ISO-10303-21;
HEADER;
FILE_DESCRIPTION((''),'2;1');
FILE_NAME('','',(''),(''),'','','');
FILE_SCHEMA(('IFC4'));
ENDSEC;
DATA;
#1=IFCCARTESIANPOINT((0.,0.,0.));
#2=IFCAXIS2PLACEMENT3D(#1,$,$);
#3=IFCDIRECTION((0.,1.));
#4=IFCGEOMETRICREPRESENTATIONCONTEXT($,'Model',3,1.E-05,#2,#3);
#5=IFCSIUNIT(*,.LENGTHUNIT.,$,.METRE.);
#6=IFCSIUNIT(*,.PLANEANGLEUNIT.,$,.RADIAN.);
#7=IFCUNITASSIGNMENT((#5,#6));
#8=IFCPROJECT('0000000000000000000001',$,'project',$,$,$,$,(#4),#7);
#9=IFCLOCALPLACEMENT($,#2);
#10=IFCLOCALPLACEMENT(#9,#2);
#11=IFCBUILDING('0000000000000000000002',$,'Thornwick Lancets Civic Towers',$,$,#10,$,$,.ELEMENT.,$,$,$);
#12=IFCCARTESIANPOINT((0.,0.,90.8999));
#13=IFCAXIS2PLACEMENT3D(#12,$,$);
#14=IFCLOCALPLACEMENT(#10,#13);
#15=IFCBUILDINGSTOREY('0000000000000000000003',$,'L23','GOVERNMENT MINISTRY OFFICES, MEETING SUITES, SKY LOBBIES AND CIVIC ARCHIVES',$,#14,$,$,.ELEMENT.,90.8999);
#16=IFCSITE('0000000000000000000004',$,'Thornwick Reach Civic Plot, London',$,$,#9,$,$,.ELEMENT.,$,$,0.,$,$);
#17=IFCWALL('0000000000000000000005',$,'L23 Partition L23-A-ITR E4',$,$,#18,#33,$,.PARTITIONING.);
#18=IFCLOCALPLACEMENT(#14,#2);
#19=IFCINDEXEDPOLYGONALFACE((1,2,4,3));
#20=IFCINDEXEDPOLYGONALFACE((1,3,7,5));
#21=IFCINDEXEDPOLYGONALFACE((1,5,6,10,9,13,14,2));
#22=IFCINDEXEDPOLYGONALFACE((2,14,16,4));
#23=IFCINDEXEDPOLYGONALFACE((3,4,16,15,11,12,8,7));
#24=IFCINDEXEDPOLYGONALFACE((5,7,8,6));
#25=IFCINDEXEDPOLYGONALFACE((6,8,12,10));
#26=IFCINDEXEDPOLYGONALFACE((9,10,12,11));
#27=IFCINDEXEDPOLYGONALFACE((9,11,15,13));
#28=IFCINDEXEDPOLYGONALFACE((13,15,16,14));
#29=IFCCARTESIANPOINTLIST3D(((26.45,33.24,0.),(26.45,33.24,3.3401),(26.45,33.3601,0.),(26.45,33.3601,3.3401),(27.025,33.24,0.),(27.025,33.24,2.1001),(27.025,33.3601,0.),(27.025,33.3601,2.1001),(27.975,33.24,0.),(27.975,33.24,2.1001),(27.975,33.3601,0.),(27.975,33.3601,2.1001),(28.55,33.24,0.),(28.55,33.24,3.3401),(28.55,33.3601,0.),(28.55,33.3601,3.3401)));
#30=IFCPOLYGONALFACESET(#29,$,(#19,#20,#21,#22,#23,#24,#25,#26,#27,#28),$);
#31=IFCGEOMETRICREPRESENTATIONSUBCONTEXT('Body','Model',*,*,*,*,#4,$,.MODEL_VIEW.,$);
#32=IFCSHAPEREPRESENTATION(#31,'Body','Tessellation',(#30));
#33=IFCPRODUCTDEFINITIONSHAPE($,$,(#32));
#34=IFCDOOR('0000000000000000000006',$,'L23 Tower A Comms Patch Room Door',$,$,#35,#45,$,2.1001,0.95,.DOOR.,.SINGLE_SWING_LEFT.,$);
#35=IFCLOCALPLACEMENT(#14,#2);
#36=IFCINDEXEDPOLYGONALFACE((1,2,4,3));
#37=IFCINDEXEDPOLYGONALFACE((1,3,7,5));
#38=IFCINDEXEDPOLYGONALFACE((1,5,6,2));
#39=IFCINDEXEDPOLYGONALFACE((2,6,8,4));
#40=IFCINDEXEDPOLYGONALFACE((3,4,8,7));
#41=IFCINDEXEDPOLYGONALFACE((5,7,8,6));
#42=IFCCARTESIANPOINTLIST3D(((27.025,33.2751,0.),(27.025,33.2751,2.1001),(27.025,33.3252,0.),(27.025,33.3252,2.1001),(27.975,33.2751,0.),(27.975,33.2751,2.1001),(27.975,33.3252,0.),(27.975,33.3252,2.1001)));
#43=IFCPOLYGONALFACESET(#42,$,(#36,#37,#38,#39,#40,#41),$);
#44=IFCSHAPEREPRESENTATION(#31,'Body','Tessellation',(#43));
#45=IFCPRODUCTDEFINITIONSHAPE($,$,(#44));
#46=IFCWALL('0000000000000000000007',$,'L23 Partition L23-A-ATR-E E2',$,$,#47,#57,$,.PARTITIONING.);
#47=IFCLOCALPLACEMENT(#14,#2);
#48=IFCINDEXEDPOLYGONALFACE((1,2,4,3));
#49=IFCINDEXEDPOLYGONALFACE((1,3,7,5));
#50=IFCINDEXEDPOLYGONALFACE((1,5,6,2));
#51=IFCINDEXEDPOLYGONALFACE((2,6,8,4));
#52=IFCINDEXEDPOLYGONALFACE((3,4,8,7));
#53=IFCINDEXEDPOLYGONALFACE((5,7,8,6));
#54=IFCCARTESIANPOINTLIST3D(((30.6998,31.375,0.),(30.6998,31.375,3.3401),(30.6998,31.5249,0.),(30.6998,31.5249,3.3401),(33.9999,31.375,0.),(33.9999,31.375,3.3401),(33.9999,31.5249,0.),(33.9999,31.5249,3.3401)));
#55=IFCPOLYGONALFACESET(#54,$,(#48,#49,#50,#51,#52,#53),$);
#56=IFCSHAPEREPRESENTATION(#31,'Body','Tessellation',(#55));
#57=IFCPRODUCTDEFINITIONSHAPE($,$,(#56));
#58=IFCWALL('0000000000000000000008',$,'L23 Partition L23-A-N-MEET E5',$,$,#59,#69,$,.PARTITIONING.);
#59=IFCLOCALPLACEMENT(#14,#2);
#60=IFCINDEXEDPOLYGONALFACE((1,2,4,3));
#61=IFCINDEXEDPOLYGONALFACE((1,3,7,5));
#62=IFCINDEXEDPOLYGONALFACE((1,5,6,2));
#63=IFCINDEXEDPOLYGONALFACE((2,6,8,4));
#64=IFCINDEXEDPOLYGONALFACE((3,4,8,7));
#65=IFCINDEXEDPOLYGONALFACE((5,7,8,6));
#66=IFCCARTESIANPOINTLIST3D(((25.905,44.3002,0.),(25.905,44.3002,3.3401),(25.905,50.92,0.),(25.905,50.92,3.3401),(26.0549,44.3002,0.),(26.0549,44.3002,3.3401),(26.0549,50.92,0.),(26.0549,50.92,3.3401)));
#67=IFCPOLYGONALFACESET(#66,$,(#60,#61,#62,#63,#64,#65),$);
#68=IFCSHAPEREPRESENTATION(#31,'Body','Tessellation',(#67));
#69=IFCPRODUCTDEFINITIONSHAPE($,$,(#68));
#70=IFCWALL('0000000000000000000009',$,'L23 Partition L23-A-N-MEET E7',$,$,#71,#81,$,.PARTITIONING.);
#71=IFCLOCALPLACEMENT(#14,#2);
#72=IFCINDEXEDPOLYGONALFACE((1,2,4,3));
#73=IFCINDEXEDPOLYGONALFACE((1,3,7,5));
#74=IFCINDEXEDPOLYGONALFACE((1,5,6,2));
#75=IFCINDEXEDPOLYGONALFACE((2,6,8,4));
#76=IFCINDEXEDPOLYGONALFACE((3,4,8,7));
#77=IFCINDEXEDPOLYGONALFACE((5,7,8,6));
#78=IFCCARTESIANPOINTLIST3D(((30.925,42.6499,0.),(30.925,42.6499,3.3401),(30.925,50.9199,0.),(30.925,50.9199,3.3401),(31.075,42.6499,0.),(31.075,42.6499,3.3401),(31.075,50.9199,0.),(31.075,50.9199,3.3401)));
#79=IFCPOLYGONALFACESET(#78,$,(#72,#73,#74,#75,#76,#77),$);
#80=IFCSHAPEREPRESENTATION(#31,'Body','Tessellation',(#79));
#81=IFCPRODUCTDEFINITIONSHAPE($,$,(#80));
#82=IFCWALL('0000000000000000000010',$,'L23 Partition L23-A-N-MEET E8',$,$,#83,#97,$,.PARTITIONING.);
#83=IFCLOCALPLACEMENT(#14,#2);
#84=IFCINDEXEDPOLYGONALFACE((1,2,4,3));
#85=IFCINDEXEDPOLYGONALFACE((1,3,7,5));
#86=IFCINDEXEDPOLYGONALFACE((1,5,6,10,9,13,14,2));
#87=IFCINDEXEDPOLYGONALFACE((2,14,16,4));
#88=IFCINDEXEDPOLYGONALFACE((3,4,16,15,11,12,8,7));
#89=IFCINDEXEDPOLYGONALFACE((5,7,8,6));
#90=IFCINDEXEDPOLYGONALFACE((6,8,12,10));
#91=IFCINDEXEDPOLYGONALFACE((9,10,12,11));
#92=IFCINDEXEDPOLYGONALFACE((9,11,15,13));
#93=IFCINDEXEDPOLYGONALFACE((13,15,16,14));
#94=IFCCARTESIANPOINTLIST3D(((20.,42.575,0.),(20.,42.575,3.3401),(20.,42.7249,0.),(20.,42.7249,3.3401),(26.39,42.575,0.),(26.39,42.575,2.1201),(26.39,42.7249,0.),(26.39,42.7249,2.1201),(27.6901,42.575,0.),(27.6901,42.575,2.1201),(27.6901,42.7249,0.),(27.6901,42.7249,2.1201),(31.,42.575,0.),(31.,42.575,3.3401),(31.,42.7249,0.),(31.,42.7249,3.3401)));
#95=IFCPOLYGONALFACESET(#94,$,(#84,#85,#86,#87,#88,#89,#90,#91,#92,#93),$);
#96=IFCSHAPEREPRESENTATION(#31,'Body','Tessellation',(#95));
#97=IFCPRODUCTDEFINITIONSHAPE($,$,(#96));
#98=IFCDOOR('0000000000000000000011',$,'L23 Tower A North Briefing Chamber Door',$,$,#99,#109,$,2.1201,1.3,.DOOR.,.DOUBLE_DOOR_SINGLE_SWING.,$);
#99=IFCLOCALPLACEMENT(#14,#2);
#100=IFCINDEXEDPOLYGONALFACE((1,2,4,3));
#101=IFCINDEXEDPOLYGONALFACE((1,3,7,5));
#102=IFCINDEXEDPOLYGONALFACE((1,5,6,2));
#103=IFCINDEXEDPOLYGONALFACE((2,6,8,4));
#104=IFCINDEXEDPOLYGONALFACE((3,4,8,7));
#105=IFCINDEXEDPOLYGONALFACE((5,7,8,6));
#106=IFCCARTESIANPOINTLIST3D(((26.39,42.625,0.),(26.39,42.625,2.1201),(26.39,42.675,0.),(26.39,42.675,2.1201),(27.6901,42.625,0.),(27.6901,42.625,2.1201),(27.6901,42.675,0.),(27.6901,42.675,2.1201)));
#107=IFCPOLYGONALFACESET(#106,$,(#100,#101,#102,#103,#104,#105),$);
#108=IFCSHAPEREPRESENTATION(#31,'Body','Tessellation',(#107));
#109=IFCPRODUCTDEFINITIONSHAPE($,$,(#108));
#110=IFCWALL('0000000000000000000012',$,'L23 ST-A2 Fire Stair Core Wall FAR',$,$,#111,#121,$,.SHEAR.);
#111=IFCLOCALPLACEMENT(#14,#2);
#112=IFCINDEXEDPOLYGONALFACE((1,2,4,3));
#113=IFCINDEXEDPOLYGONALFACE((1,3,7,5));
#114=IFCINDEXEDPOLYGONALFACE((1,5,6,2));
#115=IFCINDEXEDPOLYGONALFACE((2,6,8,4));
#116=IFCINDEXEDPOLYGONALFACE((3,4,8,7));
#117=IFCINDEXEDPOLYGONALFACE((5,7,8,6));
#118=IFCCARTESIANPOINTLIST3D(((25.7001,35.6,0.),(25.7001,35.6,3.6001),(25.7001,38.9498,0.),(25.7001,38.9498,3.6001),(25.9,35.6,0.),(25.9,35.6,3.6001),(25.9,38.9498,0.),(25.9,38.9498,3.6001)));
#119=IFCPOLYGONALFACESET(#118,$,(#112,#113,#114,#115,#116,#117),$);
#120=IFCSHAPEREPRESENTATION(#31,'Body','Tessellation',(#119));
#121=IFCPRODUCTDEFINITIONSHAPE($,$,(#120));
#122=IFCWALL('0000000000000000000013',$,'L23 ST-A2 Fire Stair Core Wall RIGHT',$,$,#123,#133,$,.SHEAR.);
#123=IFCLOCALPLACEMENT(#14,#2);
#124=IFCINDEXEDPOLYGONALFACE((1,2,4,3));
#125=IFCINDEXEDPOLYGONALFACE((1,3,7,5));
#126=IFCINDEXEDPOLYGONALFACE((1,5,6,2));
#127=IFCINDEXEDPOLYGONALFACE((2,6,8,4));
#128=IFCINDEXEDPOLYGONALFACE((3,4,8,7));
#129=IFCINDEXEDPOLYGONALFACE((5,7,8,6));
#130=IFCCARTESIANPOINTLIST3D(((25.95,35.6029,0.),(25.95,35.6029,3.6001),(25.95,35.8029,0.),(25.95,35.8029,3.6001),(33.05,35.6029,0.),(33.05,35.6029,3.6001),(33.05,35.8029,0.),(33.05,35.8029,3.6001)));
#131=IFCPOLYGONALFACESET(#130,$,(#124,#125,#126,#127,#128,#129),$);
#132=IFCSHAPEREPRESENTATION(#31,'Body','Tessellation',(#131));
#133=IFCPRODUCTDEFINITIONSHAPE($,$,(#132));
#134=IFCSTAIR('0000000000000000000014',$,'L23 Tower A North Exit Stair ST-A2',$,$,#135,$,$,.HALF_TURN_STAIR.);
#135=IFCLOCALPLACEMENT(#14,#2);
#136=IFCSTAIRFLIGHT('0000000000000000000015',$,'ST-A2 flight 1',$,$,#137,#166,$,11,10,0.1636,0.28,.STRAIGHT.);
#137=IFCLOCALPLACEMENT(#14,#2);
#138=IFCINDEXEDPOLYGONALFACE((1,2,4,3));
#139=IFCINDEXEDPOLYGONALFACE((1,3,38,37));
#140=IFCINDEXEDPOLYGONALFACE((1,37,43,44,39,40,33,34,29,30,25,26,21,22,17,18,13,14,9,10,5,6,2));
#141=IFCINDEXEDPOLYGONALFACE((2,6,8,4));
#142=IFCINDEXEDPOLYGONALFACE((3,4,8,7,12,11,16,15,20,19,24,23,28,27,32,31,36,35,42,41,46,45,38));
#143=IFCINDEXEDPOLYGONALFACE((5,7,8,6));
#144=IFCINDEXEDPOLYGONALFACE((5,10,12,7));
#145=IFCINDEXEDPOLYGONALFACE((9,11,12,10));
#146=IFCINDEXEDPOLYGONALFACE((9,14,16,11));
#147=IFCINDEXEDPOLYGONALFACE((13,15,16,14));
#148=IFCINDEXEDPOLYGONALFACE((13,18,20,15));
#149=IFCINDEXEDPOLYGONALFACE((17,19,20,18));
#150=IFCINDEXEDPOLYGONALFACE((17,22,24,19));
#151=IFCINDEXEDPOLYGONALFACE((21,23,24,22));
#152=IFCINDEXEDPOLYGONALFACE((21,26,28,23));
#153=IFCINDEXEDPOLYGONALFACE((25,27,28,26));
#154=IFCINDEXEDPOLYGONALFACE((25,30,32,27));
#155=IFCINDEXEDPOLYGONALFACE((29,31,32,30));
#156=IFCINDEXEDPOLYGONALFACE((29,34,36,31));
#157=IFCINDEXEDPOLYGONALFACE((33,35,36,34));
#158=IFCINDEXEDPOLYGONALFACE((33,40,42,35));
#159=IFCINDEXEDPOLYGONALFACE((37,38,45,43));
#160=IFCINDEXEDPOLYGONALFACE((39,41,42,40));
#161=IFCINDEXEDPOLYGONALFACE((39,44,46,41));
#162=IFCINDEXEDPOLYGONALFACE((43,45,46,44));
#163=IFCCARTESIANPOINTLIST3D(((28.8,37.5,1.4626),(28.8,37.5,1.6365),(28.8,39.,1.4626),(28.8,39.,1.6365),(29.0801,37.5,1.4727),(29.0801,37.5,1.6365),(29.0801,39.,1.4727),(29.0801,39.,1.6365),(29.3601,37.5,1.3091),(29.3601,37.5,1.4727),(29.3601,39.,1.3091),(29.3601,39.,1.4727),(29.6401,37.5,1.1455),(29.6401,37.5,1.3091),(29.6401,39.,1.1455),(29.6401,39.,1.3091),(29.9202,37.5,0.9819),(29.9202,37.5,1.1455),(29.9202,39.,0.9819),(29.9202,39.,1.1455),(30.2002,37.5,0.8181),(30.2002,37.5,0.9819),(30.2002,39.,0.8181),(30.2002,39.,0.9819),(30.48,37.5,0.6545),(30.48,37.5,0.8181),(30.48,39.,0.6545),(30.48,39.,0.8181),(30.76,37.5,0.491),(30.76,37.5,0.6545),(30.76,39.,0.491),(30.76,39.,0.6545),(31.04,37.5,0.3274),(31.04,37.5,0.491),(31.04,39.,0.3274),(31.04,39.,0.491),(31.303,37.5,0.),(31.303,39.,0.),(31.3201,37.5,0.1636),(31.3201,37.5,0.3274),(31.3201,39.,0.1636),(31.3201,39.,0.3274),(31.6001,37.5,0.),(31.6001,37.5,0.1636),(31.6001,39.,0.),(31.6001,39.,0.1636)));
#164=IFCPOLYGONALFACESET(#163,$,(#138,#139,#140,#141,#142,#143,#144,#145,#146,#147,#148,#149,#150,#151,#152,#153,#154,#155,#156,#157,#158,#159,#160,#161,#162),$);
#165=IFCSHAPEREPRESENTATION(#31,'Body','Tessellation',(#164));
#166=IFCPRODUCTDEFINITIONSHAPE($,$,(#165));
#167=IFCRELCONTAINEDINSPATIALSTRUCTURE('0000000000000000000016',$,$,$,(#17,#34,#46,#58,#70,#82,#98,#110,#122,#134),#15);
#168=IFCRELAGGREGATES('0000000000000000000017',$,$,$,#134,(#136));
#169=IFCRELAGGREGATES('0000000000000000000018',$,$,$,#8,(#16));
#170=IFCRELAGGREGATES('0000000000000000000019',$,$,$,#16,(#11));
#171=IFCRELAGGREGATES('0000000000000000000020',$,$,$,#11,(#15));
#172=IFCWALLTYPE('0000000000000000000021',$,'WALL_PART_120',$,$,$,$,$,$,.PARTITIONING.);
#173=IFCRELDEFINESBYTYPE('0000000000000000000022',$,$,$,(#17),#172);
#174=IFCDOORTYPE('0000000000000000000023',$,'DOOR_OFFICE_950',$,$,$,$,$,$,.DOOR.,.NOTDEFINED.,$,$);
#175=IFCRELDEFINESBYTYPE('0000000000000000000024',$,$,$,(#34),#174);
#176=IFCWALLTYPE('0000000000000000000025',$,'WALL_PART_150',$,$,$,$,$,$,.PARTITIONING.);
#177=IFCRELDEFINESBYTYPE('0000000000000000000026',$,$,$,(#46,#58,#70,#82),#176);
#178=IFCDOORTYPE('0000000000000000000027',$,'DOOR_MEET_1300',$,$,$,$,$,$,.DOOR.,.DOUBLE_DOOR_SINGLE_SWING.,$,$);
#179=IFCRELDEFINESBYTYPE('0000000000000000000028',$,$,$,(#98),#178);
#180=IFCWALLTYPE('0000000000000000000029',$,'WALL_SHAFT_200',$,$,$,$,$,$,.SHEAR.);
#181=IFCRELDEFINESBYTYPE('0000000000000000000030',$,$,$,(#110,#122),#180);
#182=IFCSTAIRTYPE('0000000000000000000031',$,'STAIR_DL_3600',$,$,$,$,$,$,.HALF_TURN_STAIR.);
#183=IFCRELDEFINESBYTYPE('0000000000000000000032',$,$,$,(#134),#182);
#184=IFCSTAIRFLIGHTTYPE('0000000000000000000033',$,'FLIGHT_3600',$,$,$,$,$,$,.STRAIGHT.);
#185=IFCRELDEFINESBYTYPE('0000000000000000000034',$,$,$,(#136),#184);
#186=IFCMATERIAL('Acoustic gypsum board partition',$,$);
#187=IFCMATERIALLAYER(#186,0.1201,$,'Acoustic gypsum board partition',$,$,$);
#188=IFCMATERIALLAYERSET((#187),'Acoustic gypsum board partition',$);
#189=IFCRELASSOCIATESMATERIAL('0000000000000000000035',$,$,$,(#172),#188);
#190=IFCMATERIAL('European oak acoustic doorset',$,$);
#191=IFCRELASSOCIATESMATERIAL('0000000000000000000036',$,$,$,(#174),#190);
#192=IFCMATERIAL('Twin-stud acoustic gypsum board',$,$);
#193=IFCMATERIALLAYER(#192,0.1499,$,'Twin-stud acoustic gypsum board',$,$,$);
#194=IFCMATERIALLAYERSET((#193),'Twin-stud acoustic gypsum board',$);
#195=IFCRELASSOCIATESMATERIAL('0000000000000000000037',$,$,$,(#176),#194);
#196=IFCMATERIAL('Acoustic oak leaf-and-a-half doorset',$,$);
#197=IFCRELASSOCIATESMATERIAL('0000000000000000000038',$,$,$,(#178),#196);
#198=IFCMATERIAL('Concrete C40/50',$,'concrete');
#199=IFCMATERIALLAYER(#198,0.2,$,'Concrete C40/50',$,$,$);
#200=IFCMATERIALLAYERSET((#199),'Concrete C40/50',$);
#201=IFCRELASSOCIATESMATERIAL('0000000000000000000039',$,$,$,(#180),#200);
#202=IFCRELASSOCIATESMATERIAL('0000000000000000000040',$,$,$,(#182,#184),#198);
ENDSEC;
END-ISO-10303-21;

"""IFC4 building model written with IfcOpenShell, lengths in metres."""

from ifc_helpers import new_model, si_unit, direction, frame, frame_2d, origin, place, context, subcontext, project, spatial, polyline, rectangle, outline, extrude, material, layer, layer_set, type_object, element, fill, aggregate, save


model = new_model("IFC4")

# Units and contexts
model_context = context("Model", 3, precision=1e-05, world=origin(), true_north=direction((0.0, 1.0)))
body_context = subcontext(model_context, "Body", "Model", "MODEL_VIEW")
ifc_project = project(units=[si_unit("LENGTHUNIT", "METRE"), si_unit("PLANEANGLEUNIT", "RADIAN")], contexts=[model_context])

# Site, building, storey
site_placement = place(None, origin())
site = spatial("IfcSite", under=ifc_project, at=site_placement, Name="Thornwick Reach Civic Plot, London", CompositionType="ELEMENT", RefElevation=0.0)
building_placement = place(site_placement, origin())
building = spatial("IfcBuilding", under=site, at=building_placement, Name="Thornwick Lancets Civic Towers", CompositionType="ELEMENT")
storey_placement = place(building_placement, frame((0.0, 0.0, 90.8999)))
storey = spatial("IfcBuildingStorey", under=building, at=storey_placement, Name="L23", Description="GOVERNMENT MINISTRY OFFICES, MEETING SUITES, SKY LOBBIES AND CIVIC ARCHIVES", CompositionType="ELEMENT", Elevation=90.8999)

# Shared definitions
ifc_material_1 = material(Name="Concrete C40/50", Category="concrete")

# Shared definitions
ifc_material_2 = material(Name="Acoustic gypsum board partition")
ifc_layer_1 = layer(ifc_material_2, 0.1201, Name="Acoustic gypsum board partition")
ifc_layer_set_1 = layer_set([ifc_layer_1], Name="Acoustic gypsum board partition")
wall_type_1 = type_object("IfcWallType", Name="WALL_PART_120", PredefinedType="PARTITIONING", material=ifc_layer_set_1)

# Wall, opening, door
wall_1_placement = place(storey_placement, frame((28.55, 33.3, 0.0), z_axis=(0.0, 0.0, 1.0), x_axis=(-1.0, 0.0, 0.0)))
wall_1 = element("IfcWall", 1, at=wall_1_placement, inside=storey, type_object=wall_type_1, Name="L23 Partition L23-A-ITR E4", PredefinedType="PARTITIONING", context=body_context, shape_type="SweptSolid", body=[
    extrude(rectangle(XDim=2.1001, YDim=0.1201, at=frame_2d((1.05, 0.0))), origin(), (0.0, 0.0, 1.0), 3.3401),
])
opening_1_placement = place(wall_1_placement, frame((0.575, 0.0, 0.0)))
opening_1 = element("IfcOpeningElement", 2, at=opening_1_placement, cuts=wall_1, PredefinedType="OPENING", context=body_context, shape_type="SweptSolid", body=[
    extrude(rectangle(XDim=0.95, YDim=2.1001, at=frame_2d((0.4751, 1.05))), frame((0.0, 0.0701, 0.0), z_axis=(0.0, -1.0, 0.0), x_axis=(1.0, 0.0, 0.0)), (0.0, 0.0, 1.0), 0.1401),
])
ifc_material_3 = material(Name="European oak acoustic doorset")
door_type_1 = type_object("IfcDoorType", Name="DOOR_OFFICE_950", OperationType="NOTDEFINED", PredefinedType="DOOR", material=ifc_material_3)
door_1_placement = place(opening_1_placement, origin())
door_1 = element("IfcDoor", 3, at=door_1_placement, inside=storey, type_object=door_type_1, Name="L23 Tower A Comms Patch Room Door", OperationType="SINGLE_SWING_LEFT", OverallHeight=2.1001, OverallWidth=0.95, PredefinedType="DOOR", context=body_context, shape_type="SweptSolid", body=[
    extrude(rectangle(XDim=0.95, YDim=2.1001, at=frame_2d((0.4751, 1.05))), frame((0.0, 0.0249, 0.0), z_axis=(0.0, -1.0, 0.0), x_axis=(1.0, 0.0, 0.0)), (0.0, 0.0, 1.0), 0.05),
])
fill(opening_1, door_1)

# Walls
ifc_material_4 = material(Name="Twin-stud acoustic gypsum board")
ifc_layer_2 = layer(ifc_material_4, 0.1499, Name="Twin-stud acoustic gypsum board")
ifc_layer_set_2 = layer_set([ifc_layer_2], Name="Twin-stud acoustic gypsum board")
wall_type_2 = type_object("IfcWallType", Name="WALL_PART_150", PredefinedType="PARTITIONING", material=ifc_layer_set_2)
wall_2_placement = place(storey_placement, frame((30.7, 31.45, 0.0), z_axis=(0.0, 0.0, 1.0), x_axis=(1.0, 0.0, 0.0)))
element("IfcWall", 4, at=wall_2_placement, inside=storey, type_object=wall_type_2, Name="L23 Partition L23-A-ATR-E E2", PredefinedType="PARTITIONING", context=body_context, shape_type="SweptSolid", body=[
    extrude(rectangle(XDim=3.3, YDim=0.1499, at=frame_2d((1.6499, 0.0))), origin(), (0.0, 0.0, 1.0), 3.3401),
])
wall_3_placement = place(storey_placement, frame((25.98, 44.3, 0.0), z_axis=(0.0, 0.0, 1.0), x_axis=(0.0, 1.0, 0.0)))
element("IfcWall", 5, at=wall_3_placement, inside=storey, type_object=wall_type_2, Name="L23 Partition L23-A-N-MEET E5", PredefinedType="PARTITIONING", context=body_context, shape_type="SweptSolid", body=[
    extrude(rectangle(XDim=6.6199, YDim=0.1499, at=frame_2d((3.3101, 0.0))), origin(), (0.0, 0.0, 1.0), 3.3401),
])
wall_4_placement = place(storey_placement, frame((31.0, 50.9199, 0.0), z_axis=(0.0, 0.0, 1.0), x_axis=(0.0, -1.0, 0.0)))
element("IfcWall", 6, at=wall_4_placement, inside=storey, type_object=wall_type_2, Name="L23 Partition L23-A-N-MEET E7", PredefinedType="PARTITIONING", context=body_context, shape_type="SweptSolid", body=[
    extrude(rectangle(XDim=8.27, YDim=0.1499, at=frame_2d((4.135, 0.0))), origin(), (0.0, 0.0, 1.0), 3.3401),
])

# Wall, opening, door
wall_5_placement = place(storey_placement, frame((31.0, 42.6499, 0.0), z_axis=(0.0, 0.0, 1.0), x_axis=(-1.0, 0.0, 0.0)))
wall_5 = element("IfcWall", 7, at=wall_5_placement, inside=storey, type_object=wall_type_2, Name="L23 Partition L23-A-N-MEET E8", PredefinedType="PARTITIONING", context=body_context, shape_type="SweptSolid", body=[
    extrude(rectangle(XDim=11.0, YDim=0.1499, at=frame_2d((5.5, 0.0))), origin(), (0.0, 0.0, 1.0), 3.3401),
])
opening_2_placement = place(wall_5_placement, frame((3.3101, 0.0, 0.0)))
opening_2 = element("IfcOpeningElement", 8, at=opening_2_placement, cuts=wall_5, PredefinedType="OPENING", context=body_context, shape_type="SweptSolid", body=[
    extrude(rectangle(XDim=1.3, YDim=2.1201, at=frame_2d((0.6499, 1.0601))), frame((0.0, 0.085, 0.0), z_axis=(0.0, -1.0, 0.0), x_axis=(1.0, 0.0, 0.0)), (0.0, 0.0, 1.0), 0.1699),
])
ifc_material_5 = material(Name="Acoustic oak leaf-and-a-half doorset")
door_type_2 = type_object("IfcDoorType", Name="DOOR_MEET_1300", OperationType="DOUBLE_DOOR_SINGLE_SWING", PredefinedType="DOOR", material=ifc_material_5)
door_2_placement = place(opening_2_placement, origin())
door_2 = element("IfcDoor", 9, at=door_2_placement, inside=storey, type_object=door_type_2, Name="L23 Tower A North Briefing Chamber Door", OperationType="DOUBLE_DOOR_SINGLE_SWING", OverallHeight=2.1201, OverallWidth=1.3, PredefinedType="DOOR", context=body_context, shape_type="SweptSolid", body=[
    extrude(rectangle(XDim=1.3, YDim=2.1201, at=frame_2d((0.6499, 1.0601))), frame((0.0, 0.0249, 0.0), z_axis=(0.0, -1.0, 0.0), x_axis=(1.0, 0.0, 0.0)), (0.0, 0.0, 1.0), 0.05),
])
fill(opening_2, door_2)

# Walls
ifc_layer_3 = layer(ifc_material_1, 0.2, Name="Concrete C40/50")
ifc_layer_set_3 = layer_set([ifc_layer_3], Name="Concrete C40/50")
wall_type_3 = type_object("IfcWallType", Name="WALL_SHAFT_200", PredefinedType="SHEAR", material=ifc_layer_set_3)
wall_6_placement = place(storey_placement, frame((25.8, 35.6001, 0.0), z_axis=(0.0, 0.0, 1.0), x_axis=(0.0, 1.0, 0.0)))
element("IfcWall", 10, at=wall_6_placement, inside=storey, type_object=wall_type_3, Name="L23 ST-A2 Fire Stair Core Wall FAR", PredefinedType="SHEAR", context=body_context, shape_type="SweptSolid", body=[
    extrude(rectangle(XDim=3.3499, YDim=0.2, at=frame_2d((1.6748, 0.0))), origin(), (0.0, 0.0, 1.0), 3.6001),
])
wall_7_placement = place(storey_placement, frame((25.95, 35.7029, 0.0), z_axis=(0.0, 0.0, 1.0), x_axis=(1.0, 0.0, 0.0)))
element("IfcWall", 11, at=wall_7_placement, inside=storey, type_object=wall_type_3, Name="L23 ST-A2 Fire Stair Core Wall RIGHT", PredefinedType="SHEAR", context=body_context, shape_type="SweptSolid", body=[
    extrude(rectangle(XDim=7.1001, YDim=0.2, at=frame_2d((3.55, 0.0))), origin(), (0.0, 0.0, 1.0), 3.6001),
])

# Stair, stair flight
stair_type = type_object("IfcStairType", Name="STAIR_DL_3600", PredefinedType="HALF_TURN_STAIR", material=ifc_material_1)
stair_placement = place(storey_placement, origin())
stair = element("IfcStair", 12, at=stair_placement, inside=storey, type_object=stair_type, Name="L23 Tower A North Exit Stair ST-A2", PredefinedType="HALF_TURN_STAIR")
stair_flight_type = type_object("IfcStairFlightType", Name="FLIGHT_3600", PredefinedType="STRAIGHT", material=ifc_material_1)
stair_flight_1_placement = place(storey_placement, frame((31.6001, 38.25, 0.0), z_axis=(0.0, 0.0, 1.0), x_axis=(-1.0, 0.0, 0.0)))
stair_flight_1 = element("IfcStairFlight", 13, at=stair_flight_1_placement, type_object=stair_flight_type, Name="ST-A2 flight 1", NumberOfRisers=11, NumberOfTreads=10, PredefinedType="STRAIGHT", RiserHeight=0.1636, TreadLength=0.28, context=body_context, shape_type="SweptSolid", body=[
    extrude(outline(polyline([(0.0, 0.0), (0.0, 0.1636), (0.28, 0.1636), (0.28, 0.3274), (0.5601, 0.3274), (0.5601, 0.491), (0.8401, 0.491), (0.8401, 0.6545), (1.1201, 0.6545), (1.1201, 0.8181), (1.3999, 0.8181), (1.3999, 0.9819), (1.6799, 0.9819), (1.6799, 1.1455), (1.96, 1.1455), (1.96, 1.3091), (2.24, 1.3091), (2.24, 1.4727), (2.52, 1.4727), (2.52, 1.6365), (2.8, 1.6365), (2.8, 1.8), (2.8, 1.4626), (0.2971, 0.0), (0.0, 0.0)])), frame((0.0, 0.75, 0.0), z_axis=(0.0, -1.0, 0.0), x_axis=(1.0, 0.0, 0.0)), (0.0, 0.0, 1.0), 1.5),
])
aggregate(stair, [stair_flight_1])

save(model, "model.ifc")
